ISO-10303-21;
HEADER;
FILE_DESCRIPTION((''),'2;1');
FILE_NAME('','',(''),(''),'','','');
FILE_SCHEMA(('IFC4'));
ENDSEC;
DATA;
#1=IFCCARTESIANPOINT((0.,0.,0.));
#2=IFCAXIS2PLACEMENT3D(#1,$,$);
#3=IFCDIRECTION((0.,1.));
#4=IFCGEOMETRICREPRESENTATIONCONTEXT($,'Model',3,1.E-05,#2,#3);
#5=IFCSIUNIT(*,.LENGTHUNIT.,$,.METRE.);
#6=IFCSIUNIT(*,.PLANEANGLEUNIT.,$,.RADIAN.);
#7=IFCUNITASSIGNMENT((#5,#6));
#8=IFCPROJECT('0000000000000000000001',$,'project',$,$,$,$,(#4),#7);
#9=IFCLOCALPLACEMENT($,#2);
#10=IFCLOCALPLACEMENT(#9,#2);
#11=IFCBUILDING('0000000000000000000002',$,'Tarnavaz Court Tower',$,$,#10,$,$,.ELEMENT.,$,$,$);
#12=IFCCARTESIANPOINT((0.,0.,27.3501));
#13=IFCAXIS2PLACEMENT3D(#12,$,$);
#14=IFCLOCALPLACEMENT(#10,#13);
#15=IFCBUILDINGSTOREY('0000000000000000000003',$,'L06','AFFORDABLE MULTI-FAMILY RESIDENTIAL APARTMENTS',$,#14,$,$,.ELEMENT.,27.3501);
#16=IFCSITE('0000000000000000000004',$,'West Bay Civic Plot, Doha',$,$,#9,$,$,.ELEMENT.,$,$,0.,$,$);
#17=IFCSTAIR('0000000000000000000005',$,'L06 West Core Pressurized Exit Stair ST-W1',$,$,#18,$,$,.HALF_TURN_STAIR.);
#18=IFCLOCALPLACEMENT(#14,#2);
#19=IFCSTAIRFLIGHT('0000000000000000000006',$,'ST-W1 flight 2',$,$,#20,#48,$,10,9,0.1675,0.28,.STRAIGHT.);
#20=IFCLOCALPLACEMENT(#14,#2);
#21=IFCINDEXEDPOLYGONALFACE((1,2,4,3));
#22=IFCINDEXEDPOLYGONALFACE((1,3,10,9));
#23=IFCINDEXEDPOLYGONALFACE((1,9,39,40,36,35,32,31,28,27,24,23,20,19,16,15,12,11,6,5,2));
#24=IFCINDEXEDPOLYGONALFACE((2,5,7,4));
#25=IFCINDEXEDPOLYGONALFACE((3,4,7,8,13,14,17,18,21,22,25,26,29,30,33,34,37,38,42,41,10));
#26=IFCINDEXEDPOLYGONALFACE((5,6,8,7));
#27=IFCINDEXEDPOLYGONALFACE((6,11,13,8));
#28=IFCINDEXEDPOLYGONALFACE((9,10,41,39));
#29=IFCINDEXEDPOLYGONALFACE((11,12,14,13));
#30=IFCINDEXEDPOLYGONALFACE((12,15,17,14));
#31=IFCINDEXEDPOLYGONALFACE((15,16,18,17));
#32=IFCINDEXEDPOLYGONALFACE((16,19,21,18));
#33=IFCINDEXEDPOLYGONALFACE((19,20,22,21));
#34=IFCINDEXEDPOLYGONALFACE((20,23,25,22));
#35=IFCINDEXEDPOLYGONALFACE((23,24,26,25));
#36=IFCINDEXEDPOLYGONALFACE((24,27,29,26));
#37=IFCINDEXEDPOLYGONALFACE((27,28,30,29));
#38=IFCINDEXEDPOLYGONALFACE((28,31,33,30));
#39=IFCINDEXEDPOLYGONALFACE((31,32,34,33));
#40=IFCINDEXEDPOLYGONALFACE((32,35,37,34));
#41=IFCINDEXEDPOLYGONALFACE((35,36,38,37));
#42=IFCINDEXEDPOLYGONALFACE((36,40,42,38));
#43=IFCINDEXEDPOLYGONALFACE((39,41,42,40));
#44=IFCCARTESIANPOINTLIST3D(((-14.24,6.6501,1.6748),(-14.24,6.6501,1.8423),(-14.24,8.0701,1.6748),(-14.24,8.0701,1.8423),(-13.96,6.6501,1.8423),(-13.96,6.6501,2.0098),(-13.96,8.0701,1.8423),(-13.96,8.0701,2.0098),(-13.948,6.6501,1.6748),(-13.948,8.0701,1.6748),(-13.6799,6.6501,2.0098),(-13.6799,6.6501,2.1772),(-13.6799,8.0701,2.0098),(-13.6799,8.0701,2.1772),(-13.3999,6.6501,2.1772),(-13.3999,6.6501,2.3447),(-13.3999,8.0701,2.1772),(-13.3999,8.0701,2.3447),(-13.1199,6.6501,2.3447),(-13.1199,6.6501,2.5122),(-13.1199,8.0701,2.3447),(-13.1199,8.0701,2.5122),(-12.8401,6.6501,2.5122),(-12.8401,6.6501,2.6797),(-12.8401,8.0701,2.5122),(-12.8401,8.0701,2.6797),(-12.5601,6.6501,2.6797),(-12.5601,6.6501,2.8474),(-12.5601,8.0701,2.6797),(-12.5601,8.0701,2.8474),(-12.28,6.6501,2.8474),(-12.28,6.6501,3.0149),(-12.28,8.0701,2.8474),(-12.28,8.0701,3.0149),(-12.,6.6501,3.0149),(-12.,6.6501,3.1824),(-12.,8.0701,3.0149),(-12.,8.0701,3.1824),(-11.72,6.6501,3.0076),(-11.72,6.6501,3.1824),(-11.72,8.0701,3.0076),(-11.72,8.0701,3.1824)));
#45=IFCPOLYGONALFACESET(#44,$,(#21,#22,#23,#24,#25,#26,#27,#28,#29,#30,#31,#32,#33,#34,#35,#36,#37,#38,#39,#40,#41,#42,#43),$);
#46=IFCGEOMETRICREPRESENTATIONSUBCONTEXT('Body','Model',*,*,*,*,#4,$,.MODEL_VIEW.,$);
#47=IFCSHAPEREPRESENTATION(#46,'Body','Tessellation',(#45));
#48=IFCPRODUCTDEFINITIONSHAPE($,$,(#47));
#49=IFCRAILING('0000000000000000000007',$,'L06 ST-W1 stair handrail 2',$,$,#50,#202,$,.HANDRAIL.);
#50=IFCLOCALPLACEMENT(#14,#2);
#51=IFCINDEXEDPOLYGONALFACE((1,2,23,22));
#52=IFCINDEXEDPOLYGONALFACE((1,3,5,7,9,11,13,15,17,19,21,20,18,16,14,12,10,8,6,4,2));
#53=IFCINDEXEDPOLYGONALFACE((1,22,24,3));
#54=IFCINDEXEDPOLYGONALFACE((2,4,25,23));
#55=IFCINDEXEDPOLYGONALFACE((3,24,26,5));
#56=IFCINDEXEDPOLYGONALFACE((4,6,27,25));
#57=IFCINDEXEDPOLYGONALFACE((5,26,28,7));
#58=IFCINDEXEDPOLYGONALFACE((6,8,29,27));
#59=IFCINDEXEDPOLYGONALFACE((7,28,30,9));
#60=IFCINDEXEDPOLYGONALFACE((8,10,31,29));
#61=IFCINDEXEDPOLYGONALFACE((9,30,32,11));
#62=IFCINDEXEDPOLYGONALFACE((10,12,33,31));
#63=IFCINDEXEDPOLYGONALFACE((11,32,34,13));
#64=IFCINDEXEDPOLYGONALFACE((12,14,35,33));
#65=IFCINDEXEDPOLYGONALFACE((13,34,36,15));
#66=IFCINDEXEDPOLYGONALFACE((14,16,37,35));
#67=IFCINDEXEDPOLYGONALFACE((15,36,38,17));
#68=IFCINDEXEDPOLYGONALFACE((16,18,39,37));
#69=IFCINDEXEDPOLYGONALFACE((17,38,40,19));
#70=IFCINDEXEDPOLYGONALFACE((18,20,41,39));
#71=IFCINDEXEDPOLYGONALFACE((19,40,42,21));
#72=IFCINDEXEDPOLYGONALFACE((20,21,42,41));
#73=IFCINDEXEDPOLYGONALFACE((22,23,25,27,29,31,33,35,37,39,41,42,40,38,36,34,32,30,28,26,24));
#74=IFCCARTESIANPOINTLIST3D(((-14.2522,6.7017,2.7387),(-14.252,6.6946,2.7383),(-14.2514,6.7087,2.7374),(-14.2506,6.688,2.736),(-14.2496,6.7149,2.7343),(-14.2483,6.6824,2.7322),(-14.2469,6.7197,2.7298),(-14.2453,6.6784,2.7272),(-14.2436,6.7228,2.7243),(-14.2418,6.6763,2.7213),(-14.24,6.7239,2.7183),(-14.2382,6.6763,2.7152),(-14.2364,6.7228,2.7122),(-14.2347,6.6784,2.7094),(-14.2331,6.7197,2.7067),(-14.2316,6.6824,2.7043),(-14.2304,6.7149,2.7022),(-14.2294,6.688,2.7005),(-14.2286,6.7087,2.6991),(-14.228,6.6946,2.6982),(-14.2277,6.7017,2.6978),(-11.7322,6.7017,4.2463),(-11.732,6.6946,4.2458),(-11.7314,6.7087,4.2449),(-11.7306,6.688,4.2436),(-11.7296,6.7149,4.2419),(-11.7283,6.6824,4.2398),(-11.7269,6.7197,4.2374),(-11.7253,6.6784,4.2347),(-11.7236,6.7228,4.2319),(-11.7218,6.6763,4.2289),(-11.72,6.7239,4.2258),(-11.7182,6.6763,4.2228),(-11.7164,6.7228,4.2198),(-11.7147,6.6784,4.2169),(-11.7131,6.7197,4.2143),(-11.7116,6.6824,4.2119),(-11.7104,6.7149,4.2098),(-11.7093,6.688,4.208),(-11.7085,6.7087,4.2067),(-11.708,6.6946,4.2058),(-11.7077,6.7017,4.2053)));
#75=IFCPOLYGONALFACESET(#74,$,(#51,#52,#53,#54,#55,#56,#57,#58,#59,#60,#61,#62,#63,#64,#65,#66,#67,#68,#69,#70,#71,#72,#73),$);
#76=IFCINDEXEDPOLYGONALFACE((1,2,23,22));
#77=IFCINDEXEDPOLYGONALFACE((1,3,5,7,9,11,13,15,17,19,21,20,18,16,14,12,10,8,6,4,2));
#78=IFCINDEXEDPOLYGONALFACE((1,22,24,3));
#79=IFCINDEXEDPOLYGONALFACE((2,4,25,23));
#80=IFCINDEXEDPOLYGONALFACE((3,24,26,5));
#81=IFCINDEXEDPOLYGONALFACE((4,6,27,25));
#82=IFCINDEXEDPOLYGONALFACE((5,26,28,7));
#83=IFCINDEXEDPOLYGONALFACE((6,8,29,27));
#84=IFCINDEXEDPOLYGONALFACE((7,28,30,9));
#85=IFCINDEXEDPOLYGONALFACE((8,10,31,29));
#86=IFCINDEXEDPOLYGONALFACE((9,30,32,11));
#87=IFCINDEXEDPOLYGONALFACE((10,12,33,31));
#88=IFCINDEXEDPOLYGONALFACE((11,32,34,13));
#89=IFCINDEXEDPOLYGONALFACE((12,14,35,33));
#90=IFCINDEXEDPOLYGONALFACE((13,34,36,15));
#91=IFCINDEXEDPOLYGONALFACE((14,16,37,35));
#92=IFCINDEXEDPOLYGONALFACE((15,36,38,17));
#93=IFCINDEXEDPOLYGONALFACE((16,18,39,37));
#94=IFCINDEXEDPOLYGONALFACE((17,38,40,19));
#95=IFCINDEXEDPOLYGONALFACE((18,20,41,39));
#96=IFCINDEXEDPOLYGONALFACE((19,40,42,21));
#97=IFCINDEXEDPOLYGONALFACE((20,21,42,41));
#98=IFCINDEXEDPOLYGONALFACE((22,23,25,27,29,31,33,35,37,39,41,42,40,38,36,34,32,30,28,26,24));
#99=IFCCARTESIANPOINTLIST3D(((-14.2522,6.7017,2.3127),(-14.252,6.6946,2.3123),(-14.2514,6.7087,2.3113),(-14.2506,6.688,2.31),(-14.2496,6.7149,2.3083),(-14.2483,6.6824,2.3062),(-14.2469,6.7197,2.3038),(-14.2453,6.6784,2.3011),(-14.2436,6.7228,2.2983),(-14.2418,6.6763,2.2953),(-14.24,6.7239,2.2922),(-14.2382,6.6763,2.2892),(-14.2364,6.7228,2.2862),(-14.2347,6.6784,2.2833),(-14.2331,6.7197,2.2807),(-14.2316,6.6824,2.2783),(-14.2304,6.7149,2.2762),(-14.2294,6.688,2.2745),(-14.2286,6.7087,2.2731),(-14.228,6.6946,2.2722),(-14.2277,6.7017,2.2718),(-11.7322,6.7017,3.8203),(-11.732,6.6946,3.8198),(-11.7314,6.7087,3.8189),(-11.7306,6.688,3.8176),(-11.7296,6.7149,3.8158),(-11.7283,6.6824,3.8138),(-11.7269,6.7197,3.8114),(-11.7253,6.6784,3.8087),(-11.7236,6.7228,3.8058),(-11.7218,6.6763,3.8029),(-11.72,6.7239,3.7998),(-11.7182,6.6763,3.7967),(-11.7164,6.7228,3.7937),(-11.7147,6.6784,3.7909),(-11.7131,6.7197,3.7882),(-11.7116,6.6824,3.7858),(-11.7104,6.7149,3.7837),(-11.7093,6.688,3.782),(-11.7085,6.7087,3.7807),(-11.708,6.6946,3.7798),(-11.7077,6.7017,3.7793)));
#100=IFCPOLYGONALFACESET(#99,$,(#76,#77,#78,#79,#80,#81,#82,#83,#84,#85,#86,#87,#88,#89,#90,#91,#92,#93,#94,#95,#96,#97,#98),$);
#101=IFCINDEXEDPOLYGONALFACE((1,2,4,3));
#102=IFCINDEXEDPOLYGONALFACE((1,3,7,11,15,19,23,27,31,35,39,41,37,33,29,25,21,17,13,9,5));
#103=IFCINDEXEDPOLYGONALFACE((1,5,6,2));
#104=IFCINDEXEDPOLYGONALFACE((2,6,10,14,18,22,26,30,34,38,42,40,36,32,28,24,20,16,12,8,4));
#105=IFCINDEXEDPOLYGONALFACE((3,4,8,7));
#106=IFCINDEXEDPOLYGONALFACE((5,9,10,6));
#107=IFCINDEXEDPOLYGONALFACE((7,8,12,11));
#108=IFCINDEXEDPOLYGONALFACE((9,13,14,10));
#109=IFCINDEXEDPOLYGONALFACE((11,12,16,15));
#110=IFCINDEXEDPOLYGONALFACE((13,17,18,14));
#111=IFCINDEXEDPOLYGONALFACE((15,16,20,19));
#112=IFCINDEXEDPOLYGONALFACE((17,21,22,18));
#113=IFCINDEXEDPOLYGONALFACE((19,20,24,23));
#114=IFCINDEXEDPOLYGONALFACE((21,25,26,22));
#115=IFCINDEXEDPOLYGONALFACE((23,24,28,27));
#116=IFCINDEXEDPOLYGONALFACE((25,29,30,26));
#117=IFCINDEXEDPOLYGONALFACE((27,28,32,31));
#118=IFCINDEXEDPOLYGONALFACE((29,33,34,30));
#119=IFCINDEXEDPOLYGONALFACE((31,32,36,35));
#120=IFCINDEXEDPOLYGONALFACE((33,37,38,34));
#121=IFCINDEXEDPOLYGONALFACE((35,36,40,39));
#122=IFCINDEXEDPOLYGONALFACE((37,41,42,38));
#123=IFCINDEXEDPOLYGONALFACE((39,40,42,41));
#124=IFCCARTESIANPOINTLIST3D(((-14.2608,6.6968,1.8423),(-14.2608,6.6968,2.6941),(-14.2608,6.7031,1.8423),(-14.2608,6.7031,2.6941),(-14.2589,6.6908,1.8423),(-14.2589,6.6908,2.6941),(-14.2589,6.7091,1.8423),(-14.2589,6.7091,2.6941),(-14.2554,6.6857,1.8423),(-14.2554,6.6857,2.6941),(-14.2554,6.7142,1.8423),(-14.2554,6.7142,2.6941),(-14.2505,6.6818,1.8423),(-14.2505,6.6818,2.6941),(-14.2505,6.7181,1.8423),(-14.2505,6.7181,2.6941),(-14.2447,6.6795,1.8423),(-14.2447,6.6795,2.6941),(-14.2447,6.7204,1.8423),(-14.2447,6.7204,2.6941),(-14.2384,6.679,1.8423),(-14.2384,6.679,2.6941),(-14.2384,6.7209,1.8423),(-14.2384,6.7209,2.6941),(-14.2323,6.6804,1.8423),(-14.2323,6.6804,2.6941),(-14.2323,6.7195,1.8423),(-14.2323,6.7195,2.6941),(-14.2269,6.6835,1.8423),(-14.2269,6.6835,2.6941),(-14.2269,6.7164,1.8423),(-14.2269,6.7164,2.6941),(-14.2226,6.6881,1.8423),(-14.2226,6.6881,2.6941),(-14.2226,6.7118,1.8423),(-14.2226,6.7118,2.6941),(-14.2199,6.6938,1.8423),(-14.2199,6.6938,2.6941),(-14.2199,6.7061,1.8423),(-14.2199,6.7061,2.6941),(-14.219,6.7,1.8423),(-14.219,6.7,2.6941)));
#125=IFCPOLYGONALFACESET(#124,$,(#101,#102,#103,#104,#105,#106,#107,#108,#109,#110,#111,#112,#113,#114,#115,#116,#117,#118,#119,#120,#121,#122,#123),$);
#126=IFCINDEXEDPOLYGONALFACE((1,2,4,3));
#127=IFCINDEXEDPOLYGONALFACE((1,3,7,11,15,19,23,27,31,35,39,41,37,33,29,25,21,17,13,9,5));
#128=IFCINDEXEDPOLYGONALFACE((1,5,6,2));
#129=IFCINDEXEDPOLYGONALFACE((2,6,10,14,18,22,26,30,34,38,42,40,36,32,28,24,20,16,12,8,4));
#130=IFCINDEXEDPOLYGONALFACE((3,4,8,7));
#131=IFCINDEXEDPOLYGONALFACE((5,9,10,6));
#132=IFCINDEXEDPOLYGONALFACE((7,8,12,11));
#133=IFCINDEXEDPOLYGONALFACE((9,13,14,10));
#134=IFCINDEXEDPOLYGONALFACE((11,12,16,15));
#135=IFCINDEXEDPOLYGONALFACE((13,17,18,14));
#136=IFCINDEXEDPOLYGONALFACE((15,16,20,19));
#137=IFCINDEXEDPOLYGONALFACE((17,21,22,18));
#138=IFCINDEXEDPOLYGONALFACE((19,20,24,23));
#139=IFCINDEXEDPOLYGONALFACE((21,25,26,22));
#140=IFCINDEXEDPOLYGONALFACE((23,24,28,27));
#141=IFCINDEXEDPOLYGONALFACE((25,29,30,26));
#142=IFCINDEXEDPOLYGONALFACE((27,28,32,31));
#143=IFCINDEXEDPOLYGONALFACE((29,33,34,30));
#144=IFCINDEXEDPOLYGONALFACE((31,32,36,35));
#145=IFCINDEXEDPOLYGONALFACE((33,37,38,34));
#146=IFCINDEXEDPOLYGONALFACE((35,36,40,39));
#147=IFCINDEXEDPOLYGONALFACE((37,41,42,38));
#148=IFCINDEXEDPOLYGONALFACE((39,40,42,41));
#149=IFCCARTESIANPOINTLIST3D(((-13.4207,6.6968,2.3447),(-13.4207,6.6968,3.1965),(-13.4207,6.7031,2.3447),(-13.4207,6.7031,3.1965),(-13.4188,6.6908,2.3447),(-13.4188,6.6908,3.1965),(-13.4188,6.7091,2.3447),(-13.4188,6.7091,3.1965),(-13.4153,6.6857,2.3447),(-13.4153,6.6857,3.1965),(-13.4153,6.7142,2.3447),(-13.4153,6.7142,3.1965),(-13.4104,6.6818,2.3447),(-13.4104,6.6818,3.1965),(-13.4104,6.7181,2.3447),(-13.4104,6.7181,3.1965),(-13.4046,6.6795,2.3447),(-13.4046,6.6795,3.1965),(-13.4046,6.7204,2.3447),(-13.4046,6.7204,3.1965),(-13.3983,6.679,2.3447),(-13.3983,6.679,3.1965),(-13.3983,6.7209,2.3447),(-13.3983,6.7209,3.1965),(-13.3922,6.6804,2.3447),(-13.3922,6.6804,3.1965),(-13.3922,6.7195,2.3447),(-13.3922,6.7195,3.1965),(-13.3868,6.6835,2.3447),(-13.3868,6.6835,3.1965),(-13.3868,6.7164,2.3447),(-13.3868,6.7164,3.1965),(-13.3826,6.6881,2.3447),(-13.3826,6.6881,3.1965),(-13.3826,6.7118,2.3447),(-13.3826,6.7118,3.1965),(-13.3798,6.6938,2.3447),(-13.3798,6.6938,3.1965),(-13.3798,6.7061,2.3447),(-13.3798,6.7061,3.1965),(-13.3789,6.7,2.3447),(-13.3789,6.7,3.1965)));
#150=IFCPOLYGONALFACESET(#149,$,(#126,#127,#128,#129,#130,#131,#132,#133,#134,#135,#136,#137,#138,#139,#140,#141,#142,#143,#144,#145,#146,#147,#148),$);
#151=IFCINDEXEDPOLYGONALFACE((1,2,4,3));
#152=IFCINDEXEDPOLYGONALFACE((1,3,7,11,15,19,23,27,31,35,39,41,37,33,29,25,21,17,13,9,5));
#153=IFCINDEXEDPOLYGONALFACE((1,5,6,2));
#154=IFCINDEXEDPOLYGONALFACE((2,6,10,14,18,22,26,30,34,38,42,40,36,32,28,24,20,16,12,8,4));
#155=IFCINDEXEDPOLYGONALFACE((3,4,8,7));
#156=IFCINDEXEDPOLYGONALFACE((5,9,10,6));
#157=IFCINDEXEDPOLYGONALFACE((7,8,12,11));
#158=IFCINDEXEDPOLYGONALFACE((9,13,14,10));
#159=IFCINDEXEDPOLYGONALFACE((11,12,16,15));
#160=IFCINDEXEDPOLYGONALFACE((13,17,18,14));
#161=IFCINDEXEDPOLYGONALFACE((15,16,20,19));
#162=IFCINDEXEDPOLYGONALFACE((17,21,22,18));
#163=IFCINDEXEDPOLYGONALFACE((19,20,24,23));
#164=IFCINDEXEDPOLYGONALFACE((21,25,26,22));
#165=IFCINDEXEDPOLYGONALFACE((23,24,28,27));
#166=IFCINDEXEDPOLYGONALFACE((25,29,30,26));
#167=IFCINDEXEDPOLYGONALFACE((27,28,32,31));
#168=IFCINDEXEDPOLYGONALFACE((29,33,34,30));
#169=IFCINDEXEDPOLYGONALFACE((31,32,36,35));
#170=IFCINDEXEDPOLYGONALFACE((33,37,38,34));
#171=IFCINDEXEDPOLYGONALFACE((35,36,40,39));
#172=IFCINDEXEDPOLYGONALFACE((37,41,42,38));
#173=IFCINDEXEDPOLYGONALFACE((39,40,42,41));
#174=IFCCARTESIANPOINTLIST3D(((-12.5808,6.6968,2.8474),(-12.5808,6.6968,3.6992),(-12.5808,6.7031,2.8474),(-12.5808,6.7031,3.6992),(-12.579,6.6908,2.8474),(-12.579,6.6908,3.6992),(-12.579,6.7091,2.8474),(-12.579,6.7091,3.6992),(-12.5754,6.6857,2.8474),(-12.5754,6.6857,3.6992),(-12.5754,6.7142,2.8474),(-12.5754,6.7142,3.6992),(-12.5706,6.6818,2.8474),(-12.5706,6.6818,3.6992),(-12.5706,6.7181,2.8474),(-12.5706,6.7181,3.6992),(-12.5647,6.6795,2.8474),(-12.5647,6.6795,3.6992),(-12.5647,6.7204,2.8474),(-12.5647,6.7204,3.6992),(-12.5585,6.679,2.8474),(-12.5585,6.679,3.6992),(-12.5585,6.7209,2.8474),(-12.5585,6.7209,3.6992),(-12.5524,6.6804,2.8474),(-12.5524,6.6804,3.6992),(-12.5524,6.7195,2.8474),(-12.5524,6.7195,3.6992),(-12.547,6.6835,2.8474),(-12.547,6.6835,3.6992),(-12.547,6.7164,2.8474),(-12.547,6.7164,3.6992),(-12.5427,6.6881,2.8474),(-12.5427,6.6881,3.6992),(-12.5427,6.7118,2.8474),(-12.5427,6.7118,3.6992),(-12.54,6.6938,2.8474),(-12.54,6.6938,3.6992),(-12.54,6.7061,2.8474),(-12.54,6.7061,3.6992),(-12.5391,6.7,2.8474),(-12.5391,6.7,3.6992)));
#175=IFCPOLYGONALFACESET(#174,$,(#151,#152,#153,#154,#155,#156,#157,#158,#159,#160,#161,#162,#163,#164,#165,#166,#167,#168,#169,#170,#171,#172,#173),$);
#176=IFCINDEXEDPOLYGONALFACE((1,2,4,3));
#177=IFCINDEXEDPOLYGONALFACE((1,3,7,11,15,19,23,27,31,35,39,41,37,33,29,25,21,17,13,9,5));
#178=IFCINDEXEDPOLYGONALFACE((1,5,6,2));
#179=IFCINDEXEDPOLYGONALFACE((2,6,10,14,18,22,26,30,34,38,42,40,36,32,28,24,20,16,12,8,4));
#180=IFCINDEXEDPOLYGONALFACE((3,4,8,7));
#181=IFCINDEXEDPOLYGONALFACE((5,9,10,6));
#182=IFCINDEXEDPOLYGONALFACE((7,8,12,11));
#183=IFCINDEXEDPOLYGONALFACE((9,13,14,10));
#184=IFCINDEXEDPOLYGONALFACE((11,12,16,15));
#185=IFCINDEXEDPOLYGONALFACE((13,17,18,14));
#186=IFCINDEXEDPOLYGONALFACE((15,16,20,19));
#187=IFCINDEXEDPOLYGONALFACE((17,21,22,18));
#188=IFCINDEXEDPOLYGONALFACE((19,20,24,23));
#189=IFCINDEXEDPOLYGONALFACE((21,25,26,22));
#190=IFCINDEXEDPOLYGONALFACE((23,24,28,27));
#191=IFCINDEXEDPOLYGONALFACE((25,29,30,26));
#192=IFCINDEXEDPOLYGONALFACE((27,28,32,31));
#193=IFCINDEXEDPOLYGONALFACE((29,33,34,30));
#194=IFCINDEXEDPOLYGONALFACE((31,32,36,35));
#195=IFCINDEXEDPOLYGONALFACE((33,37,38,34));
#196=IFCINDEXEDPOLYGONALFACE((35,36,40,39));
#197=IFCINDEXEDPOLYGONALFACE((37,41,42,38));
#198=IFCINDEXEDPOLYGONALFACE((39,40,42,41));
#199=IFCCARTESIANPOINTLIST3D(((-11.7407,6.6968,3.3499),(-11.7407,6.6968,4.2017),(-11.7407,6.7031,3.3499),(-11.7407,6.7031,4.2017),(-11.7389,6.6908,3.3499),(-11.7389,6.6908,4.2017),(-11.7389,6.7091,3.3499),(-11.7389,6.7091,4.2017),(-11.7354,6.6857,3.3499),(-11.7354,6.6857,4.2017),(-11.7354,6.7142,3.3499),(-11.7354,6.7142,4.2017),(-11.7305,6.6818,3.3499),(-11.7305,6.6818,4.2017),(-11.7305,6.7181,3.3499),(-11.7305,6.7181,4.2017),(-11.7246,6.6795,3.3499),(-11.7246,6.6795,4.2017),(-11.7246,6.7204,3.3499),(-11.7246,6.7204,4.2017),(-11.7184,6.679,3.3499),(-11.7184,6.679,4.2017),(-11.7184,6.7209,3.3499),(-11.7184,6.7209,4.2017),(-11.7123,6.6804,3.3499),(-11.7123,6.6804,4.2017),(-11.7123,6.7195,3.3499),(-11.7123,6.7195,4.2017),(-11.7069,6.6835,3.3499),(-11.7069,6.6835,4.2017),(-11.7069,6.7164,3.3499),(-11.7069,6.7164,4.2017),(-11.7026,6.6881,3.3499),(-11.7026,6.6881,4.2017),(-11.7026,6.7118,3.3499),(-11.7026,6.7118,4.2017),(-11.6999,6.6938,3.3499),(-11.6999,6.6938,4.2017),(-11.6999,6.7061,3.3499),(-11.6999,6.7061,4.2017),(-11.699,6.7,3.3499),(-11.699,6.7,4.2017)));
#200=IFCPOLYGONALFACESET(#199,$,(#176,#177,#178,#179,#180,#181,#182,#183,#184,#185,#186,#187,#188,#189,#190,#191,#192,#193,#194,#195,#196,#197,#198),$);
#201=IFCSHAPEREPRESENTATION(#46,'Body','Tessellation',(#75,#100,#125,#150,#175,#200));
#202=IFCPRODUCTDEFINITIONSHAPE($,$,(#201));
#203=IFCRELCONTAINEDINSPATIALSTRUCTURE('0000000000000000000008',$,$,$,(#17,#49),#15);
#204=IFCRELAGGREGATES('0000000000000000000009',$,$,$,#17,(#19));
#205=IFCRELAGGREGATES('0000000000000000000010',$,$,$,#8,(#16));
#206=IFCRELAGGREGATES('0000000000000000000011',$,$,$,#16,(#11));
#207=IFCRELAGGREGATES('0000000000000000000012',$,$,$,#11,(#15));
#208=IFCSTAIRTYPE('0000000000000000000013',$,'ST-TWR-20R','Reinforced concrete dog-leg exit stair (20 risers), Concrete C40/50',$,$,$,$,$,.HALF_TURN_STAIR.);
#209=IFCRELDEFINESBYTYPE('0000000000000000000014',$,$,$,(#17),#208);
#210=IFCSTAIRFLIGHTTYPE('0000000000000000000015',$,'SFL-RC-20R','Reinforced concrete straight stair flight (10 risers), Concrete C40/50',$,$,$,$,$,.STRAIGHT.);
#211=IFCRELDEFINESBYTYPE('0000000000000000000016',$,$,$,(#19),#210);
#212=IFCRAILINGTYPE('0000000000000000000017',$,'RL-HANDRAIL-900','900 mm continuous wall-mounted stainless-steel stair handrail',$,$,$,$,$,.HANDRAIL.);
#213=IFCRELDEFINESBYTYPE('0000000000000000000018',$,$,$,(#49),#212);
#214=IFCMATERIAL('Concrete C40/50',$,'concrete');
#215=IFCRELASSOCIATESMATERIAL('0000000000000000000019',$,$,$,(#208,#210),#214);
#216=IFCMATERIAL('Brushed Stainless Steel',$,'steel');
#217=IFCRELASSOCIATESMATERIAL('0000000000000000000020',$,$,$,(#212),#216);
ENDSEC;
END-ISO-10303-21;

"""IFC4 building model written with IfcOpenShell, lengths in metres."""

from ifc_helpers import new_model, si_unit, direction, frame, origin, origin_2d, place, context, subcontext, project, spatial, polyline, circle, outline, extrude, material, type_object, element, aggregate, save


model = new_model("IFC4")

# Units and contexts
model_context = context("Model", 3, precision=1e-05, world=origin(), true_north=direction((0.0, 1.0)))
body_context = subcontext(model_context, "Body", "Model", "MODEL_VIEW")
ifc_project = project(units=[si_unit("LENGTHUNIT", "METRE"), si_unit("PLANEANGLEUNIT", "RADIAN")], contexts=[model_context])

# Site, building, storey
site_placement = place(None, origin())
site = spatial("IfcSite", under=ifc_project, at=site_placement, Name="West Bay Civic Plot, Doha", CompositionType="ELEMENT", RefElevation=0.0)
building_placement = place(site_placement, origin())
building = spatial("IfcBuilding", under=site, at=building_placement, Name="Tarnavaz Court Tower", CompositionType="ELEMENT")
storey_placement = place(building_placement, frame((0.0, 0.0, 27.3501)))
storey = spatial("IfcBuildingStorey", under=building, at=storey_placement, Name="L06", Description="AFFORDABLE MULTI-FAMILY RESIDENTIAL APARTMENTS", CompositionType="ELEMENT", Elevation=27.3501)

# Stair, stair flight
ifc_material_1 = material(Name="Concrete C40/50", Category="concrete")
stair_type = type_object("IfcStairType", Name="ST-TWR-20R", Description="Reinforced concrete dog-leg exit stair (20 risers), Concrete C40/50", PredefinedType="HALF_TURN_STAIR", material=ifc_material_1)
stair_placement = place(storey_placement, origin())
stair = element("IfcStair", 1, at=stair_placement, inside=storey, type_object=stair_type, Name="L06 West Core Pressurized Exit Stair ST-W1", PredefinedType="HALF_TURN_STAIR")
stair_flight_type = type_object("IfcStairFlightType", Name="SFL-RC-20R", Description="Reinforced concrete straight stair flight (10 risers), Concrete C40/50", PredefinedType="STRAIGHT", material=ifc_material_1)
stair_flight_placement = place(storey_placement, frame((-14.24, 7.3601, 1.6748), z_axis=(0.0, 0.0, 1.0), x_axis=(1.0, 0.0, 0.0)))
stair_flight = element("IfcStairFlight", 2, at=stair_flight_placement, type_object=stair_flight_type, Name="ST-W1 flight 2", NumberOfRisers=10, NumberOfTreads=9, PredefinedType="STRAIGHT", RiserHeight=0.1675, TreadLength=0.28, context=body_context, shape_type="SweptSolid", body=[
    extrude(outline(polyline([(0.0, 0.0), (0.0, 0.1675), (0.28, 0.1675), (0.28, 0.335), (0.5601, 0.335), (0.5601, 0.5024), (0.8401, 0.5024), (0.8401, 0.6699), (1.1201, 0.6699), (1.1201, 0.8374), (1.3999, 0.8374), (1.3999, 1.0049), (1.6799, 1.0049), (1.6799, 1.1726), (1.96, 1.1726), (1.96, 1.3401), (2.24, 1.3401), (2.24, 1.5076), (2.52, 1.5076), (2.52, 1.675), (2.52, 1.3328), (0.292, 0.0), (0.0, 0.0)])), frame((0.0, 0.71, 0.0), z_axis=(0.0, -1.0, 0.0), x_axis=(1.0, 0.0, 0.0)), (0.0, 0.0, 1.0), 1.4199),
])
aggregate(stair, [stair_flight])

# Railing
ifc_material_2 = material(Name="Brushed Stainless Steel", Category="steel")
railing_type_1 = type_object("IfcRailingType", Name="RL-HANDRAIL-900", Description="900 mm continuous wall-mounted stainless-steel stair handrail", PredefinedType="HANDRAIL", material=ifc_material_2)
railing_1_placement = place(storey_placement, frame((-14.24, 6.7, 1.8423)))
element("IfcRailing", 3, at=railing_1_placement, inside=storey, type_object=railing_type_1, Name="L06 ST-W1 stair handrail 2", PredefinedType="HANDRAIL", context=body_context, shape_type="SweptSolid", body=[
    extrude(circle(Radius=0.0239, at=origin_2d()), frame((0.0, 0.0, 0.876), z_axis=(0.85816, 0.0, 0.513383), x_axis=(0.0, 1.0, 0.0)), (0.0, 0.0, 1.0), 2.9365),
    extrude(circle(Radius=0.0239, at=origin_2d()), frame((0.0, 0.0, 0.45), z_axis=(0.85816, 0.0, 0.513383), x_axis=(0.0, 1.0, 0.0)), (0.0, 0.0, 1.0), 2.9365),
    extrude(circle(Radius=0.021, at=origin_2d()), origin(), (0.0, 0.0, 1.0), 0.8518),
    extrude(circle(Radius=0.021, at=origin_2d()), frame((0.8401, 0.0, 0.5024)), (0.0, 0.0, 1.0), 0.8518),
    extrude(circle(Radius=0.021, at=origin_2d()), frame((1.6799, 0.0, 1.0051)), (0.0, 0.0, 1.0), 0.8518),
    extrude(circle(Radius=0.021, at=origin_2d()), frame((2.52, 0.0, 1.5076)), (0.0, 0.0, 1.0), 0.8518),
])

save(model, "model.ifc")
